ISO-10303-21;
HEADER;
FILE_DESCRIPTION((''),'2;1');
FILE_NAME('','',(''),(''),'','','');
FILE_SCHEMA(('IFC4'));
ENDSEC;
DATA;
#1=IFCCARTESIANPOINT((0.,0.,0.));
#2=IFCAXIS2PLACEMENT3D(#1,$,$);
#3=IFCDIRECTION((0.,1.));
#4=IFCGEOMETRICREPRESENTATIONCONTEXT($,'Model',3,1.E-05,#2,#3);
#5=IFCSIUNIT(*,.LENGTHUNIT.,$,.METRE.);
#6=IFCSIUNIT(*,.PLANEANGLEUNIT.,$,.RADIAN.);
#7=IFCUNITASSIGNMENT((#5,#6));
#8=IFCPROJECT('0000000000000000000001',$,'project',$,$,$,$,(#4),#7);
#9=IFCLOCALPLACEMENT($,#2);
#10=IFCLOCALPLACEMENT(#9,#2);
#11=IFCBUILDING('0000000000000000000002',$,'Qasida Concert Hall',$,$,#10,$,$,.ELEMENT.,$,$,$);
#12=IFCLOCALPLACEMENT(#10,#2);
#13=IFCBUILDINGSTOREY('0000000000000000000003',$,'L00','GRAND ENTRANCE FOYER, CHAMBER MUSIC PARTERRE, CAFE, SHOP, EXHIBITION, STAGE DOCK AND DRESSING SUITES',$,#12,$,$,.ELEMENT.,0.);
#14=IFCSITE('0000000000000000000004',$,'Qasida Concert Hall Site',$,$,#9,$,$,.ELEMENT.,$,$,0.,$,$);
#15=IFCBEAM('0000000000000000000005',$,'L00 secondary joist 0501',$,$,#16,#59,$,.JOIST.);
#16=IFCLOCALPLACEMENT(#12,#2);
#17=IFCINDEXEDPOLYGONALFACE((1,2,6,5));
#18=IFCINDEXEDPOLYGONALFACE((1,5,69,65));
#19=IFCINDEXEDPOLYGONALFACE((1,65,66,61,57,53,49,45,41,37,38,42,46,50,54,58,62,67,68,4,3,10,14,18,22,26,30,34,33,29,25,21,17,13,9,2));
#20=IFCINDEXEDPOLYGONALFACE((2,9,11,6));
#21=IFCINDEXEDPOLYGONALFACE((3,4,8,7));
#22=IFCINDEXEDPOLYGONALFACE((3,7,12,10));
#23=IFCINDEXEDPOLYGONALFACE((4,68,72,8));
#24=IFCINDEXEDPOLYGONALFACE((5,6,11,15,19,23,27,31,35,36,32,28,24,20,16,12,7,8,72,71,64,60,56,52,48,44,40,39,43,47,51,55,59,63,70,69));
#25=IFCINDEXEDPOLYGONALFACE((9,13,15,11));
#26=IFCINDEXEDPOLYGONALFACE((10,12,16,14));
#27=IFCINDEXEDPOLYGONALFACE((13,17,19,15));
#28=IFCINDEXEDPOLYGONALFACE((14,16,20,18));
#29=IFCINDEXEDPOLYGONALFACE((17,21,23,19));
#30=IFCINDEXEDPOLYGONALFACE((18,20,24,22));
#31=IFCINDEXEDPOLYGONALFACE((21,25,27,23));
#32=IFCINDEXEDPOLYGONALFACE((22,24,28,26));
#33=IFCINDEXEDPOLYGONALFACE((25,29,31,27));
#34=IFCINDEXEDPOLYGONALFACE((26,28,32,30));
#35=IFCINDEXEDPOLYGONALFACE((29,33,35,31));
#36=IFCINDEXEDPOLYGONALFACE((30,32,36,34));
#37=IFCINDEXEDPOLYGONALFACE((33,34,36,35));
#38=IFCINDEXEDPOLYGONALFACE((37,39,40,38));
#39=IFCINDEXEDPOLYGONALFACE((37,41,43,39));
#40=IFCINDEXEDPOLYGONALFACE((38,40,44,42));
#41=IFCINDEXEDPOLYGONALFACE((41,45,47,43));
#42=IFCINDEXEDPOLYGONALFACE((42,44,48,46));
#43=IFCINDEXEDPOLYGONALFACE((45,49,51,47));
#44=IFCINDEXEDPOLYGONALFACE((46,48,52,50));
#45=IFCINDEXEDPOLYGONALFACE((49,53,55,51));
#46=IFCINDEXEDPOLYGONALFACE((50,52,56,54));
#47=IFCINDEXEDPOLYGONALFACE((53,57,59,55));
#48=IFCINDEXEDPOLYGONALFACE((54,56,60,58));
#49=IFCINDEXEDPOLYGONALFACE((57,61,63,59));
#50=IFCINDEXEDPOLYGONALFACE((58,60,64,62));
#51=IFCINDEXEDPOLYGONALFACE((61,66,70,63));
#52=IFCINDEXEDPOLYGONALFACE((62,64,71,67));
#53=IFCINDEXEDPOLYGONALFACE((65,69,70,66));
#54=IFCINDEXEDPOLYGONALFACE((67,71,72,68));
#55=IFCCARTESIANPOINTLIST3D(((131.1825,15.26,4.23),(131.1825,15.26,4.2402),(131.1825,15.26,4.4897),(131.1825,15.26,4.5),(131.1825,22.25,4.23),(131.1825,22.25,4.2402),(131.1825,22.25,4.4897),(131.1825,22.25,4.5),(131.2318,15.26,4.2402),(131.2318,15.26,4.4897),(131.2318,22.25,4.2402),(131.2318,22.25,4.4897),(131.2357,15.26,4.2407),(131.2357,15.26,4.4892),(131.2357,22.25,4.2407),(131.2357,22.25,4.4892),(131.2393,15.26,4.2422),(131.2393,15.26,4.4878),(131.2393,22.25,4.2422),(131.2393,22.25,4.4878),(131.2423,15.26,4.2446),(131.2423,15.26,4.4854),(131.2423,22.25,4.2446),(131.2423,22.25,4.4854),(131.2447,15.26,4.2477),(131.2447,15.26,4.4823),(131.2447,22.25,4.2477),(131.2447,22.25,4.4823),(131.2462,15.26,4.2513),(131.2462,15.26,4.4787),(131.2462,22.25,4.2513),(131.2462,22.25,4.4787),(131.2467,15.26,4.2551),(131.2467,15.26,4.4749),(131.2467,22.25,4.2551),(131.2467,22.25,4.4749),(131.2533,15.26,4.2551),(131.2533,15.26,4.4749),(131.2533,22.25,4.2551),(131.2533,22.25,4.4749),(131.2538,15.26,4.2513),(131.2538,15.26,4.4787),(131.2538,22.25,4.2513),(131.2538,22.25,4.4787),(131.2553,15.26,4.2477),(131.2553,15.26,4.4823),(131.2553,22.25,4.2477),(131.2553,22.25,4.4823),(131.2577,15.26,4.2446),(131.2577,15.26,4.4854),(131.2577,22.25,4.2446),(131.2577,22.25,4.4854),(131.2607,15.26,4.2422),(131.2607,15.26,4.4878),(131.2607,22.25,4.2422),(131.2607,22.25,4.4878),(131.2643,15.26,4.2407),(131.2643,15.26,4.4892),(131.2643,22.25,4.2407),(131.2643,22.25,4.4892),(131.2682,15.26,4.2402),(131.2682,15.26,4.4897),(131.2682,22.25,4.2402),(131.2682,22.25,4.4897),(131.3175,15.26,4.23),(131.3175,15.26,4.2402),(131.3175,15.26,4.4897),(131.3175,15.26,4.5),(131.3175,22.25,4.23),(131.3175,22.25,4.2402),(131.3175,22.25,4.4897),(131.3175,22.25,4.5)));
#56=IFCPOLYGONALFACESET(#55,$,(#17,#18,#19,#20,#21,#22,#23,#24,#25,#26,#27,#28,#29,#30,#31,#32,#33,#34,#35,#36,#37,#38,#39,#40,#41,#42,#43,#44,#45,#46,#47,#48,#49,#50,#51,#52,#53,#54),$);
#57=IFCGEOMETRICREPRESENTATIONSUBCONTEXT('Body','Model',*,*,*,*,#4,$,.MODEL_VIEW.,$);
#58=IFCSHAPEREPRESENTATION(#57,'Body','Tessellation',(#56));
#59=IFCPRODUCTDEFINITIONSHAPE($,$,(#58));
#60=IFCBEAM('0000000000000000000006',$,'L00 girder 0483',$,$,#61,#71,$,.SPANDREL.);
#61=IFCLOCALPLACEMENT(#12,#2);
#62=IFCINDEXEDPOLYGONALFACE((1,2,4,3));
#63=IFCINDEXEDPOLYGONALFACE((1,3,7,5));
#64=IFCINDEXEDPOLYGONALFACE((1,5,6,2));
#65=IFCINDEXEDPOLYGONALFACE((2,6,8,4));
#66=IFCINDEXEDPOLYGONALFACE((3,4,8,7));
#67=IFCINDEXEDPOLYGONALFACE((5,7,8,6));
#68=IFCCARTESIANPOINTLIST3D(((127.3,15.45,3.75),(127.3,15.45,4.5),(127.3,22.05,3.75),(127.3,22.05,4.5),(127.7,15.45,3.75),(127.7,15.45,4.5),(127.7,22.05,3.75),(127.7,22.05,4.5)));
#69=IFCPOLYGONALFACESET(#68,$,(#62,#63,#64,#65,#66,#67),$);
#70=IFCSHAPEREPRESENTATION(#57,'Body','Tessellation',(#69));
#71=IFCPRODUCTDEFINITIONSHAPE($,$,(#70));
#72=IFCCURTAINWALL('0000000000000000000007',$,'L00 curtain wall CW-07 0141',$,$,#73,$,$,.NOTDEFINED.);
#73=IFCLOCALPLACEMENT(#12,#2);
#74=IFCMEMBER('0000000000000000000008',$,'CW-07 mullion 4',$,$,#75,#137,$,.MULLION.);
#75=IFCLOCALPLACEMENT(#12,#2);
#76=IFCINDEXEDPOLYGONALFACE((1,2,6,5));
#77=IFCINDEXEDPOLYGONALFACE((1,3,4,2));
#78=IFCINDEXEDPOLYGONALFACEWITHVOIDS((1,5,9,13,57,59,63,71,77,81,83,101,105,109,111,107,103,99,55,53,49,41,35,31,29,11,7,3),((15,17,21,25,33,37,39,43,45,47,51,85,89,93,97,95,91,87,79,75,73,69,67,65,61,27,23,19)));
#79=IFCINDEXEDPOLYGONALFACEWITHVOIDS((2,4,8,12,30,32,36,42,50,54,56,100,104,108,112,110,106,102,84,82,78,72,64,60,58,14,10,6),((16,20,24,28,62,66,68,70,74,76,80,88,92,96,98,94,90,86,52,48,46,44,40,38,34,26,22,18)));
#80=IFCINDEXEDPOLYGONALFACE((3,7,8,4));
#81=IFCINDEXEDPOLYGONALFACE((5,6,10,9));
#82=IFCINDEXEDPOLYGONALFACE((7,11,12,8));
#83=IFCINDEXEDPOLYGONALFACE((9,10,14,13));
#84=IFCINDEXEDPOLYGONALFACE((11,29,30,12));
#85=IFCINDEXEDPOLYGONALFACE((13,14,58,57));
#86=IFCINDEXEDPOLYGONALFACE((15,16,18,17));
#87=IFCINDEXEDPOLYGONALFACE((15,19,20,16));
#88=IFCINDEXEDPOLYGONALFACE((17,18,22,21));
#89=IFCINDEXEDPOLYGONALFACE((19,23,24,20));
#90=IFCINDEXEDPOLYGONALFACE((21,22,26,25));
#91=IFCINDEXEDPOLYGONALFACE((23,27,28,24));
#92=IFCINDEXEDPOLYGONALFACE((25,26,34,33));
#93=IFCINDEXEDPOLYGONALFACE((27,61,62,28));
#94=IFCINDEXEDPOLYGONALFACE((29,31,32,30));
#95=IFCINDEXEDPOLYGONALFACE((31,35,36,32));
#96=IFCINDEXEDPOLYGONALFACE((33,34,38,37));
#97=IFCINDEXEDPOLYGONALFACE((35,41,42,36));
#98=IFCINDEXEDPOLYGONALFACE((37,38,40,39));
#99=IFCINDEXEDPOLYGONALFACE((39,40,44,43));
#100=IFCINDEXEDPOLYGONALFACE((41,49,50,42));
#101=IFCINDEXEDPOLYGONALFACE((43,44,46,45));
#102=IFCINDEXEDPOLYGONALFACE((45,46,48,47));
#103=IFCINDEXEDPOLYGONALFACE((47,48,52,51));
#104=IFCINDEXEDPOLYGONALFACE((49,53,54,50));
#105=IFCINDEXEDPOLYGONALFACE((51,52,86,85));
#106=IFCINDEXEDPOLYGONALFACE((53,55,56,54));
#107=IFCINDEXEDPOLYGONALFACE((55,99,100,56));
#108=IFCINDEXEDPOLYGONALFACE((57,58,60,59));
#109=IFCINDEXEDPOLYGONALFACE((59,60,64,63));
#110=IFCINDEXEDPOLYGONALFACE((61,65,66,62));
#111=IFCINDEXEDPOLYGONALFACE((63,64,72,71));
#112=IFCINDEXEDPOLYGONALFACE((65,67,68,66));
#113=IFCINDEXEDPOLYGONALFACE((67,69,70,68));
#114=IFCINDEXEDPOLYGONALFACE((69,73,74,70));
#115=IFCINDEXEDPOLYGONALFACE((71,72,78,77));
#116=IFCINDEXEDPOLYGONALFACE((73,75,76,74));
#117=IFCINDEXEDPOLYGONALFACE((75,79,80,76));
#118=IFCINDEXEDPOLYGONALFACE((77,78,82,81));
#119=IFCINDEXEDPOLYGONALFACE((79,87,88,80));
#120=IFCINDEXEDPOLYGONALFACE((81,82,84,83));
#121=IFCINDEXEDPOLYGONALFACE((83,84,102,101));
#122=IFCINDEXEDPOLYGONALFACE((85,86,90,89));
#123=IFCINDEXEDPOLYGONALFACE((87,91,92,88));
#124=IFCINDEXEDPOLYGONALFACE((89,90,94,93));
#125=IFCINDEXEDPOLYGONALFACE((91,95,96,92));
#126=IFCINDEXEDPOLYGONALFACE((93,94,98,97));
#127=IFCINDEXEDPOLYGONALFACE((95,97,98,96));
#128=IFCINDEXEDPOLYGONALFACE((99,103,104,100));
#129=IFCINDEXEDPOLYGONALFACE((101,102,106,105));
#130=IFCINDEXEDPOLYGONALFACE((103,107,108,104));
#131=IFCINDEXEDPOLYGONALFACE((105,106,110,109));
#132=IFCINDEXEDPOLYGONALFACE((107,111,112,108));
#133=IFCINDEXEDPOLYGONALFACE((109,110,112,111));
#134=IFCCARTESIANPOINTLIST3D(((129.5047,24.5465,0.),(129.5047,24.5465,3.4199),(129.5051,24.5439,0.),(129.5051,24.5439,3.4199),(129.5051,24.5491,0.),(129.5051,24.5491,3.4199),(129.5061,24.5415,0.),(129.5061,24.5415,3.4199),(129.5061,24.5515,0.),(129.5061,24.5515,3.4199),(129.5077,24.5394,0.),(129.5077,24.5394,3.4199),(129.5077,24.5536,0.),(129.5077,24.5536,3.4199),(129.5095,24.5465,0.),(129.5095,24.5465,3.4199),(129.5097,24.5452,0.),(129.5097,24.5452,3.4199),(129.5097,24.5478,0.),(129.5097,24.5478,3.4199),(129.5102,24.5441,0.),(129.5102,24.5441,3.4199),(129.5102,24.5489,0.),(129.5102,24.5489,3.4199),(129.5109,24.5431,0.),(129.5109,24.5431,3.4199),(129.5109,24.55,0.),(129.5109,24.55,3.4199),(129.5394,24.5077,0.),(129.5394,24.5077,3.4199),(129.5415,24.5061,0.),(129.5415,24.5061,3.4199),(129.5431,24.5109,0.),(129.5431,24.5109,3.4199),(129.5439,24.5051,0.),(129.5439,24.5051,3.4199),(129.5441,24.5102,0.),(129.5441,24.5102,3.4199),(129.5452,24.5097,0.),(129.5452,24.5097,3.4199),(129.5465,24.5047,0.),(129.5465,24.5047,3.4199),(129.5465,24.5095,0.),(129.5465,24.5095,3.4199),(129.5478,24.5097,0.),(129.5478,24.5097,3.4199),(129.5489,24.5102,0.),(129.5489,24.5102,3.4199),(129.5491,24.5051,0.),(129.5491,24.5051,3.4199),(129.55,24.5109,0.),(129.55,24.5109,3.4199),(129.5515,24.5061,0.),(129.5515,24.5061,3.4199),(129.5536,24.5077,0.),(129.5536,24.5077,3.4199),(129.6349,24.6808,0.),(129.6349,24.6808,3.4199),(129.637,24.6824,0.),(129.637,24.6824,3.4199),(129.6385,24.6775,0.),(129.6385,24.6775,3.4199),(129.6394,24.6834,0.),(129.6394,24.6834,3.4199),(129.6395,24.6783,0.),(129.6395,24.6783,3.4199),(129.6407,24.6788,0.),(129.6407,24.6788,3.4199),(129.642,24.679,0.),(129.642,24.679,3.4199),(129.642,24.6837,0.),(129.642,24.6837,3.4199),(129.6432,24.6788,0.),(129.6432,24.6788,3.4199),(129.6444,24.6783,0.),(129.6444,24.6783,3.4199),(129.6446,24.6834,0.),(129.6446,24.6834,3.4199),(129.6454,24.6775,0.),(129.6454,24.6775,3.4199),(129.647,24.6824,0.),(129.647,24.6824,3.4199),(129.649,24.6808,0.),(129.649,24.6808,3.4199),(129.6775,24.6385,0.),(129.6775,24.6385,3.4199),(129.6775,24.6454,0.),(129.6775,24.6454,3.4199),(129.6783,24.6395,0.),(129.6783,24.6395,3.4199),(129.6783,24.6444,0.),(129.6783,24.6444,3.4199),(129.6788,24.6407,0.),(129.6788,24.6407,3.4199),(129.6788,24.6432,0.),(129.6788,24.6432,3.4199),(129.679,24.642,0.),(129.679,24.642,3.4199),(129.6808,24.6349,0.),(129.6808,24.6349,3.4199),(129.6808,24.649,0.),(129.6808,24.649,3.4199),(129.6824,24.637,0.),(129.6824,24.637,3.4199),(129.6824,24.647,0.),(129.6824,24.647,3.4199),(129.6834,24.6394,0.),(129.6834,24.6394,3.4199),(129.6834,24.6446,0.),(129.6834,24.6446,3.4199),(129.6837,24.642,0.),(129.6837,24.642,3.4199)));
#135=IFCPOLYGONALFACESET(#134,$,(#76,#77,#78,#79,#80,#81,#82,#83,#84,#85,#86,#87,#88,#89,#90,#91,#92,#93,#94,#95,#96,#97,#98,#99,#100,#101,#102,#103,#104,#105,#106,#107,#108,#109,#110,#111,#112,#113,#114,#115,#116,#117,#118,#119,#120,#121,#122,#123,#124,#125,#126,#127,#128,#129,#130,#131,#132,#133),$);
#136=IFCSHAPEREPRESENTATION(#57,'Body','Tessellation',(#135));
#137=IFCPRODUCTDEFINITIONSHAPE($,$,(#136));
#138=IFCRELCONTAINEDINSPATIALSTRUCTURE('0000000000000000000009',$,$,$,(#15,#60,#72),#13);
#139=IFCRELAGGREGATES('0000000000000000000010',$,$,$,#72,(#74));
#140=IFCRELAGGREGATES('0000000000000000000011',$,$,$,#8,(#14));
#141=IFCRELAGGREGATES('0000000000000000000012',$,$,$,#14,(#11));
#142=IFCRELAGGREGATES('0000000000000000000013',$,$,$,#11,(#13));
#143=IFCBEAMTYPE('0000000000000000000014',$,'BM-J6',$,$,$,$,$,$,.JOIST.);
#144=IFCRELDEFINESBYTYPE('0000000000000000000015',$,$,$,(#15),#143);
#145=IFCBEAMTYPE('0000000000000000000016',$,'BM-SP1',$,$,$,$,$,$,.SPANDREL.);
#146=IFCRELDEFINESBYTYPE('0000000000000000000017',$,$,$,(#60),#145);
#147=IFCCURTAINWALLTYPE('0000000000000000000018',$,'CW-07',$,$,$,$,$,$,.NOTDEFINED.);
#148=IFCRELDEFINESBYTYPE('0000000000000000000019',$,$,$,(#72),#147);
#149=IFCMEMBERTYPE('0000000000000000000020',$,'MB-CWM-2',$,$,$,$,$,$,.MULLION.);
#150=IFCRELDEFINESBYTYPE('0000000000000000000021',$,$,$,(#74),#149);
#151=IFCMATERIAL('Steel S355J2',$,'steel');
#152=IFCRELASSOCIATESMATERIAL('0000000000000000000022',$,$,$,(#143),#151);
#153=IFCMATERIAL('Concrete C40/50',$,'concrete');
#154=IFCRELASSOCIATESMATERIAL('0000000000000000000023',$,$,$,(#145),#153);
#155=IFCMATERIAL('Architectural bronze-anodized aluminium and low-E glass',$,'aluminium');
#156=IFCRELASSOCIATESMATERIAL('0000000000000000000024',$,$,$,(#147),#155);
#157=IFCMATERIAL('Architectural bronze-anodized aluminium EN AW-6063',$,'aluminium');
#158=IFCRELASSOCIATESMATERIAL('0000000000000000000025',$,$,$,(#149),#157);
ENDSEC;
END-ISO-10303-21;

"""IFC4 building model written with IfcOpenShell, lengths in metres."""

from ifc_helpers import new_model, si_unit, direction, frame, origin, origin_2d, place, context, subcontext, project, spatial, rectangle, hollow_rectangle, i_section, extrude, material, material_profile, profile_set, type_object, element, aggregate, save


model = new_model("IFC4")

# Units and contexts
model_context = context("Model", 3, precision=1e-05, world=origin(), true_north=direction((0.0, 1.0)))
body_context = subcontext(model_context, "Body", "Model", "MODEL_VIEW")
ifc_project = project(units=[si_unit("LENGTHUNIT", "METRE"), si_unit("PLANEANGLEUNIT", "RADIAN")], contexts=[model_context])

# Site, building, storey
site_placement = place(None, origin())
site = spatial("IfcSite", under=ifc_project, at=site_placement, Name="Qasida Concert Hall Site", CompositionType="ELEMENT", RefElevation=0.0)
building_placement = place(site_placement, origin())
building = spatial("IfcBuilding", under=site, at=building_placement, Name="Qasida Concert Hall", CompositionType="ELEMENT")
storey_placement = place(building_placement, origin())
storey = spatial("IfcBuildingStorey", under=building, at=storey_placement, Name="L00", Description="GRAND ENTRANCE FOYER, CHAMBER MUSIC PARTERRE, CAFE, SHOP, EXHIBITION, STAGE DOCK AND DRESSING SUITES", CompositionType="ELEMENT", Elevation=0.0)

# Beams
ifc_material_1 = material(Name="Concrete C40/50", Category="concrete")
ifc_material_2 = material(Name="Steel S355J2", Category="steel")
ifc_material_profile_1 = material_profile(ifc_material_2, i_section(OverallWidth=0.135, OverallDepth=0.27, WebThickness=0.0066, FlangeThickness=0.0103, FilletRadius=0.0149, at=origin_2d()), Name="IPE 270")
ifc_profile_set_1 = profile_set([ifc_material_profile_1], Name="Steel S355J2")
beam_type_1 = type_object("IfcBeamType", Name="BM-J6", PredefinedType="JOIST", material=ifc_profile_set_1)
beam_1_placement = place(storey_placement, frame((131.25, 15.26, 4.365), z_axis=(0.0, 1.0, 0.0), x_axis=(-1.0, 0.0, 0.0)))
element("IfcBeam", 1, at=beam_1_placement, inside=storey, type_object=beam_type_1, Name="L00 secondary joist 0501", PredefinedType="JOIST", context=body_context, shape_type="SweptSolid", body=[
    extrude(i_section(OverallWidth=0.135, OverallDepth=0.27, WebThickness=0.0066, FlangeThickness=0.0103, FilletRadius=0.0149, at=origin_2d()), origin(), (0.0, 0.0, 1.0), 6.99),
])
ifc_material_profile_2 = material_profile(ifc_material_1, rectangle(XDim=0.3999, YDim=0.75, at=origin_2d()), Name="RC 400x750")
ifc_profile_set_2 = profile_set([ifc_material_profile_2], Name="Concrete C40/50")
beam_type_2 = type_object("IfcBeamType", Name="BM-SP1", PredefinedType="SPANDREL", material=ifc_profile_set_2)
beam_2_placement = place(storey_placement, frame((127.5, 15.45, 4.125), z_axis=(0.0, 1.0, 0.0), x_axis=(-1.0, 0.0, 0.0)))
element("IfcBeam", 2, at=beam_2_placement, inside=storey, type_object=beam_type_2, Name="L00 girder 0483", PredefinedType="SPANDREL", context=body_context, shape_type="SweptSolid", body=[
    extrude(rectangle(XDim=0.3999, YDim=0.75, at=origin_2d()), origin(), (0.0, 0.0, 1.0), 6.6001),
])

# Curtain wall, member
ifc_material_3 = material(Name="Architectural bronze-anodized aluminium and low-E glass", Category="aluminium")
curtain_wall_type = type_object("IfcCurtainWallType", Name="CW-07", PredefinedType="NOTDEFINED", material=ifc_material_3)
curtain_wall_placement = place(storey_placement, origin())
curtain_wall = element("IfcCurtainWall", 3, at=curtain_wall_placement, inside=storey, type_object=curtain_wall_type, Name="L00 curtain wall CW-07 0141", PredefinedType="NOTDEFINED")
ifc_material_4 = material(Name="Architectural bronze-anodized aluminium EN AW-6063", Category="aluminium")
ifc_material_profile_3 = material_profile(ifc_material_4, hollow_rectangle(XDim=0.0649, YDim=0.2, WallThickness=0.0049, InnerFilletRadius=0.0049, OuterFilletRadius=0.01, at=origin_2d()), Name="CWM 200x65x5")
ifc_profile_set_3 = profile_set([ifc_material_profile_3], Name="Architectural bronze-anodized aluminium EN AW-6063")
member_type_1 = type_object("IfcMemberType", Name="MB-CWM-2", PredefinedType="MULLION", material=ifc_profile_set_3)
member_1_placement = place(storey_placement, frame((129.5942, 24.5942, 0.0), z_axis=(0.0, 0.0, 1.0), x_axis=(0.707107, -0.707107, 0.0)))
member_1 = element("IfcMember", 4, at=member_1_placement, type_object=member_type_1, Name="CW-07 mullion 4", PredefinedType="MULLION", context=body_context, shape_type="SweptSolid", body=[
    extrude(hollow_rectangle(XDim=0.0649, YDim=0.2, WallThickness=0.0049, InnerFilletRadius=0.0049, OuterFilletRadius=0.01, at=origin_2d()), origin(), (0.0, 0.0, 1.0), 3.4199),
])
aggregate(curtain_wall, [member_1])

save(model, "model.ifc")
